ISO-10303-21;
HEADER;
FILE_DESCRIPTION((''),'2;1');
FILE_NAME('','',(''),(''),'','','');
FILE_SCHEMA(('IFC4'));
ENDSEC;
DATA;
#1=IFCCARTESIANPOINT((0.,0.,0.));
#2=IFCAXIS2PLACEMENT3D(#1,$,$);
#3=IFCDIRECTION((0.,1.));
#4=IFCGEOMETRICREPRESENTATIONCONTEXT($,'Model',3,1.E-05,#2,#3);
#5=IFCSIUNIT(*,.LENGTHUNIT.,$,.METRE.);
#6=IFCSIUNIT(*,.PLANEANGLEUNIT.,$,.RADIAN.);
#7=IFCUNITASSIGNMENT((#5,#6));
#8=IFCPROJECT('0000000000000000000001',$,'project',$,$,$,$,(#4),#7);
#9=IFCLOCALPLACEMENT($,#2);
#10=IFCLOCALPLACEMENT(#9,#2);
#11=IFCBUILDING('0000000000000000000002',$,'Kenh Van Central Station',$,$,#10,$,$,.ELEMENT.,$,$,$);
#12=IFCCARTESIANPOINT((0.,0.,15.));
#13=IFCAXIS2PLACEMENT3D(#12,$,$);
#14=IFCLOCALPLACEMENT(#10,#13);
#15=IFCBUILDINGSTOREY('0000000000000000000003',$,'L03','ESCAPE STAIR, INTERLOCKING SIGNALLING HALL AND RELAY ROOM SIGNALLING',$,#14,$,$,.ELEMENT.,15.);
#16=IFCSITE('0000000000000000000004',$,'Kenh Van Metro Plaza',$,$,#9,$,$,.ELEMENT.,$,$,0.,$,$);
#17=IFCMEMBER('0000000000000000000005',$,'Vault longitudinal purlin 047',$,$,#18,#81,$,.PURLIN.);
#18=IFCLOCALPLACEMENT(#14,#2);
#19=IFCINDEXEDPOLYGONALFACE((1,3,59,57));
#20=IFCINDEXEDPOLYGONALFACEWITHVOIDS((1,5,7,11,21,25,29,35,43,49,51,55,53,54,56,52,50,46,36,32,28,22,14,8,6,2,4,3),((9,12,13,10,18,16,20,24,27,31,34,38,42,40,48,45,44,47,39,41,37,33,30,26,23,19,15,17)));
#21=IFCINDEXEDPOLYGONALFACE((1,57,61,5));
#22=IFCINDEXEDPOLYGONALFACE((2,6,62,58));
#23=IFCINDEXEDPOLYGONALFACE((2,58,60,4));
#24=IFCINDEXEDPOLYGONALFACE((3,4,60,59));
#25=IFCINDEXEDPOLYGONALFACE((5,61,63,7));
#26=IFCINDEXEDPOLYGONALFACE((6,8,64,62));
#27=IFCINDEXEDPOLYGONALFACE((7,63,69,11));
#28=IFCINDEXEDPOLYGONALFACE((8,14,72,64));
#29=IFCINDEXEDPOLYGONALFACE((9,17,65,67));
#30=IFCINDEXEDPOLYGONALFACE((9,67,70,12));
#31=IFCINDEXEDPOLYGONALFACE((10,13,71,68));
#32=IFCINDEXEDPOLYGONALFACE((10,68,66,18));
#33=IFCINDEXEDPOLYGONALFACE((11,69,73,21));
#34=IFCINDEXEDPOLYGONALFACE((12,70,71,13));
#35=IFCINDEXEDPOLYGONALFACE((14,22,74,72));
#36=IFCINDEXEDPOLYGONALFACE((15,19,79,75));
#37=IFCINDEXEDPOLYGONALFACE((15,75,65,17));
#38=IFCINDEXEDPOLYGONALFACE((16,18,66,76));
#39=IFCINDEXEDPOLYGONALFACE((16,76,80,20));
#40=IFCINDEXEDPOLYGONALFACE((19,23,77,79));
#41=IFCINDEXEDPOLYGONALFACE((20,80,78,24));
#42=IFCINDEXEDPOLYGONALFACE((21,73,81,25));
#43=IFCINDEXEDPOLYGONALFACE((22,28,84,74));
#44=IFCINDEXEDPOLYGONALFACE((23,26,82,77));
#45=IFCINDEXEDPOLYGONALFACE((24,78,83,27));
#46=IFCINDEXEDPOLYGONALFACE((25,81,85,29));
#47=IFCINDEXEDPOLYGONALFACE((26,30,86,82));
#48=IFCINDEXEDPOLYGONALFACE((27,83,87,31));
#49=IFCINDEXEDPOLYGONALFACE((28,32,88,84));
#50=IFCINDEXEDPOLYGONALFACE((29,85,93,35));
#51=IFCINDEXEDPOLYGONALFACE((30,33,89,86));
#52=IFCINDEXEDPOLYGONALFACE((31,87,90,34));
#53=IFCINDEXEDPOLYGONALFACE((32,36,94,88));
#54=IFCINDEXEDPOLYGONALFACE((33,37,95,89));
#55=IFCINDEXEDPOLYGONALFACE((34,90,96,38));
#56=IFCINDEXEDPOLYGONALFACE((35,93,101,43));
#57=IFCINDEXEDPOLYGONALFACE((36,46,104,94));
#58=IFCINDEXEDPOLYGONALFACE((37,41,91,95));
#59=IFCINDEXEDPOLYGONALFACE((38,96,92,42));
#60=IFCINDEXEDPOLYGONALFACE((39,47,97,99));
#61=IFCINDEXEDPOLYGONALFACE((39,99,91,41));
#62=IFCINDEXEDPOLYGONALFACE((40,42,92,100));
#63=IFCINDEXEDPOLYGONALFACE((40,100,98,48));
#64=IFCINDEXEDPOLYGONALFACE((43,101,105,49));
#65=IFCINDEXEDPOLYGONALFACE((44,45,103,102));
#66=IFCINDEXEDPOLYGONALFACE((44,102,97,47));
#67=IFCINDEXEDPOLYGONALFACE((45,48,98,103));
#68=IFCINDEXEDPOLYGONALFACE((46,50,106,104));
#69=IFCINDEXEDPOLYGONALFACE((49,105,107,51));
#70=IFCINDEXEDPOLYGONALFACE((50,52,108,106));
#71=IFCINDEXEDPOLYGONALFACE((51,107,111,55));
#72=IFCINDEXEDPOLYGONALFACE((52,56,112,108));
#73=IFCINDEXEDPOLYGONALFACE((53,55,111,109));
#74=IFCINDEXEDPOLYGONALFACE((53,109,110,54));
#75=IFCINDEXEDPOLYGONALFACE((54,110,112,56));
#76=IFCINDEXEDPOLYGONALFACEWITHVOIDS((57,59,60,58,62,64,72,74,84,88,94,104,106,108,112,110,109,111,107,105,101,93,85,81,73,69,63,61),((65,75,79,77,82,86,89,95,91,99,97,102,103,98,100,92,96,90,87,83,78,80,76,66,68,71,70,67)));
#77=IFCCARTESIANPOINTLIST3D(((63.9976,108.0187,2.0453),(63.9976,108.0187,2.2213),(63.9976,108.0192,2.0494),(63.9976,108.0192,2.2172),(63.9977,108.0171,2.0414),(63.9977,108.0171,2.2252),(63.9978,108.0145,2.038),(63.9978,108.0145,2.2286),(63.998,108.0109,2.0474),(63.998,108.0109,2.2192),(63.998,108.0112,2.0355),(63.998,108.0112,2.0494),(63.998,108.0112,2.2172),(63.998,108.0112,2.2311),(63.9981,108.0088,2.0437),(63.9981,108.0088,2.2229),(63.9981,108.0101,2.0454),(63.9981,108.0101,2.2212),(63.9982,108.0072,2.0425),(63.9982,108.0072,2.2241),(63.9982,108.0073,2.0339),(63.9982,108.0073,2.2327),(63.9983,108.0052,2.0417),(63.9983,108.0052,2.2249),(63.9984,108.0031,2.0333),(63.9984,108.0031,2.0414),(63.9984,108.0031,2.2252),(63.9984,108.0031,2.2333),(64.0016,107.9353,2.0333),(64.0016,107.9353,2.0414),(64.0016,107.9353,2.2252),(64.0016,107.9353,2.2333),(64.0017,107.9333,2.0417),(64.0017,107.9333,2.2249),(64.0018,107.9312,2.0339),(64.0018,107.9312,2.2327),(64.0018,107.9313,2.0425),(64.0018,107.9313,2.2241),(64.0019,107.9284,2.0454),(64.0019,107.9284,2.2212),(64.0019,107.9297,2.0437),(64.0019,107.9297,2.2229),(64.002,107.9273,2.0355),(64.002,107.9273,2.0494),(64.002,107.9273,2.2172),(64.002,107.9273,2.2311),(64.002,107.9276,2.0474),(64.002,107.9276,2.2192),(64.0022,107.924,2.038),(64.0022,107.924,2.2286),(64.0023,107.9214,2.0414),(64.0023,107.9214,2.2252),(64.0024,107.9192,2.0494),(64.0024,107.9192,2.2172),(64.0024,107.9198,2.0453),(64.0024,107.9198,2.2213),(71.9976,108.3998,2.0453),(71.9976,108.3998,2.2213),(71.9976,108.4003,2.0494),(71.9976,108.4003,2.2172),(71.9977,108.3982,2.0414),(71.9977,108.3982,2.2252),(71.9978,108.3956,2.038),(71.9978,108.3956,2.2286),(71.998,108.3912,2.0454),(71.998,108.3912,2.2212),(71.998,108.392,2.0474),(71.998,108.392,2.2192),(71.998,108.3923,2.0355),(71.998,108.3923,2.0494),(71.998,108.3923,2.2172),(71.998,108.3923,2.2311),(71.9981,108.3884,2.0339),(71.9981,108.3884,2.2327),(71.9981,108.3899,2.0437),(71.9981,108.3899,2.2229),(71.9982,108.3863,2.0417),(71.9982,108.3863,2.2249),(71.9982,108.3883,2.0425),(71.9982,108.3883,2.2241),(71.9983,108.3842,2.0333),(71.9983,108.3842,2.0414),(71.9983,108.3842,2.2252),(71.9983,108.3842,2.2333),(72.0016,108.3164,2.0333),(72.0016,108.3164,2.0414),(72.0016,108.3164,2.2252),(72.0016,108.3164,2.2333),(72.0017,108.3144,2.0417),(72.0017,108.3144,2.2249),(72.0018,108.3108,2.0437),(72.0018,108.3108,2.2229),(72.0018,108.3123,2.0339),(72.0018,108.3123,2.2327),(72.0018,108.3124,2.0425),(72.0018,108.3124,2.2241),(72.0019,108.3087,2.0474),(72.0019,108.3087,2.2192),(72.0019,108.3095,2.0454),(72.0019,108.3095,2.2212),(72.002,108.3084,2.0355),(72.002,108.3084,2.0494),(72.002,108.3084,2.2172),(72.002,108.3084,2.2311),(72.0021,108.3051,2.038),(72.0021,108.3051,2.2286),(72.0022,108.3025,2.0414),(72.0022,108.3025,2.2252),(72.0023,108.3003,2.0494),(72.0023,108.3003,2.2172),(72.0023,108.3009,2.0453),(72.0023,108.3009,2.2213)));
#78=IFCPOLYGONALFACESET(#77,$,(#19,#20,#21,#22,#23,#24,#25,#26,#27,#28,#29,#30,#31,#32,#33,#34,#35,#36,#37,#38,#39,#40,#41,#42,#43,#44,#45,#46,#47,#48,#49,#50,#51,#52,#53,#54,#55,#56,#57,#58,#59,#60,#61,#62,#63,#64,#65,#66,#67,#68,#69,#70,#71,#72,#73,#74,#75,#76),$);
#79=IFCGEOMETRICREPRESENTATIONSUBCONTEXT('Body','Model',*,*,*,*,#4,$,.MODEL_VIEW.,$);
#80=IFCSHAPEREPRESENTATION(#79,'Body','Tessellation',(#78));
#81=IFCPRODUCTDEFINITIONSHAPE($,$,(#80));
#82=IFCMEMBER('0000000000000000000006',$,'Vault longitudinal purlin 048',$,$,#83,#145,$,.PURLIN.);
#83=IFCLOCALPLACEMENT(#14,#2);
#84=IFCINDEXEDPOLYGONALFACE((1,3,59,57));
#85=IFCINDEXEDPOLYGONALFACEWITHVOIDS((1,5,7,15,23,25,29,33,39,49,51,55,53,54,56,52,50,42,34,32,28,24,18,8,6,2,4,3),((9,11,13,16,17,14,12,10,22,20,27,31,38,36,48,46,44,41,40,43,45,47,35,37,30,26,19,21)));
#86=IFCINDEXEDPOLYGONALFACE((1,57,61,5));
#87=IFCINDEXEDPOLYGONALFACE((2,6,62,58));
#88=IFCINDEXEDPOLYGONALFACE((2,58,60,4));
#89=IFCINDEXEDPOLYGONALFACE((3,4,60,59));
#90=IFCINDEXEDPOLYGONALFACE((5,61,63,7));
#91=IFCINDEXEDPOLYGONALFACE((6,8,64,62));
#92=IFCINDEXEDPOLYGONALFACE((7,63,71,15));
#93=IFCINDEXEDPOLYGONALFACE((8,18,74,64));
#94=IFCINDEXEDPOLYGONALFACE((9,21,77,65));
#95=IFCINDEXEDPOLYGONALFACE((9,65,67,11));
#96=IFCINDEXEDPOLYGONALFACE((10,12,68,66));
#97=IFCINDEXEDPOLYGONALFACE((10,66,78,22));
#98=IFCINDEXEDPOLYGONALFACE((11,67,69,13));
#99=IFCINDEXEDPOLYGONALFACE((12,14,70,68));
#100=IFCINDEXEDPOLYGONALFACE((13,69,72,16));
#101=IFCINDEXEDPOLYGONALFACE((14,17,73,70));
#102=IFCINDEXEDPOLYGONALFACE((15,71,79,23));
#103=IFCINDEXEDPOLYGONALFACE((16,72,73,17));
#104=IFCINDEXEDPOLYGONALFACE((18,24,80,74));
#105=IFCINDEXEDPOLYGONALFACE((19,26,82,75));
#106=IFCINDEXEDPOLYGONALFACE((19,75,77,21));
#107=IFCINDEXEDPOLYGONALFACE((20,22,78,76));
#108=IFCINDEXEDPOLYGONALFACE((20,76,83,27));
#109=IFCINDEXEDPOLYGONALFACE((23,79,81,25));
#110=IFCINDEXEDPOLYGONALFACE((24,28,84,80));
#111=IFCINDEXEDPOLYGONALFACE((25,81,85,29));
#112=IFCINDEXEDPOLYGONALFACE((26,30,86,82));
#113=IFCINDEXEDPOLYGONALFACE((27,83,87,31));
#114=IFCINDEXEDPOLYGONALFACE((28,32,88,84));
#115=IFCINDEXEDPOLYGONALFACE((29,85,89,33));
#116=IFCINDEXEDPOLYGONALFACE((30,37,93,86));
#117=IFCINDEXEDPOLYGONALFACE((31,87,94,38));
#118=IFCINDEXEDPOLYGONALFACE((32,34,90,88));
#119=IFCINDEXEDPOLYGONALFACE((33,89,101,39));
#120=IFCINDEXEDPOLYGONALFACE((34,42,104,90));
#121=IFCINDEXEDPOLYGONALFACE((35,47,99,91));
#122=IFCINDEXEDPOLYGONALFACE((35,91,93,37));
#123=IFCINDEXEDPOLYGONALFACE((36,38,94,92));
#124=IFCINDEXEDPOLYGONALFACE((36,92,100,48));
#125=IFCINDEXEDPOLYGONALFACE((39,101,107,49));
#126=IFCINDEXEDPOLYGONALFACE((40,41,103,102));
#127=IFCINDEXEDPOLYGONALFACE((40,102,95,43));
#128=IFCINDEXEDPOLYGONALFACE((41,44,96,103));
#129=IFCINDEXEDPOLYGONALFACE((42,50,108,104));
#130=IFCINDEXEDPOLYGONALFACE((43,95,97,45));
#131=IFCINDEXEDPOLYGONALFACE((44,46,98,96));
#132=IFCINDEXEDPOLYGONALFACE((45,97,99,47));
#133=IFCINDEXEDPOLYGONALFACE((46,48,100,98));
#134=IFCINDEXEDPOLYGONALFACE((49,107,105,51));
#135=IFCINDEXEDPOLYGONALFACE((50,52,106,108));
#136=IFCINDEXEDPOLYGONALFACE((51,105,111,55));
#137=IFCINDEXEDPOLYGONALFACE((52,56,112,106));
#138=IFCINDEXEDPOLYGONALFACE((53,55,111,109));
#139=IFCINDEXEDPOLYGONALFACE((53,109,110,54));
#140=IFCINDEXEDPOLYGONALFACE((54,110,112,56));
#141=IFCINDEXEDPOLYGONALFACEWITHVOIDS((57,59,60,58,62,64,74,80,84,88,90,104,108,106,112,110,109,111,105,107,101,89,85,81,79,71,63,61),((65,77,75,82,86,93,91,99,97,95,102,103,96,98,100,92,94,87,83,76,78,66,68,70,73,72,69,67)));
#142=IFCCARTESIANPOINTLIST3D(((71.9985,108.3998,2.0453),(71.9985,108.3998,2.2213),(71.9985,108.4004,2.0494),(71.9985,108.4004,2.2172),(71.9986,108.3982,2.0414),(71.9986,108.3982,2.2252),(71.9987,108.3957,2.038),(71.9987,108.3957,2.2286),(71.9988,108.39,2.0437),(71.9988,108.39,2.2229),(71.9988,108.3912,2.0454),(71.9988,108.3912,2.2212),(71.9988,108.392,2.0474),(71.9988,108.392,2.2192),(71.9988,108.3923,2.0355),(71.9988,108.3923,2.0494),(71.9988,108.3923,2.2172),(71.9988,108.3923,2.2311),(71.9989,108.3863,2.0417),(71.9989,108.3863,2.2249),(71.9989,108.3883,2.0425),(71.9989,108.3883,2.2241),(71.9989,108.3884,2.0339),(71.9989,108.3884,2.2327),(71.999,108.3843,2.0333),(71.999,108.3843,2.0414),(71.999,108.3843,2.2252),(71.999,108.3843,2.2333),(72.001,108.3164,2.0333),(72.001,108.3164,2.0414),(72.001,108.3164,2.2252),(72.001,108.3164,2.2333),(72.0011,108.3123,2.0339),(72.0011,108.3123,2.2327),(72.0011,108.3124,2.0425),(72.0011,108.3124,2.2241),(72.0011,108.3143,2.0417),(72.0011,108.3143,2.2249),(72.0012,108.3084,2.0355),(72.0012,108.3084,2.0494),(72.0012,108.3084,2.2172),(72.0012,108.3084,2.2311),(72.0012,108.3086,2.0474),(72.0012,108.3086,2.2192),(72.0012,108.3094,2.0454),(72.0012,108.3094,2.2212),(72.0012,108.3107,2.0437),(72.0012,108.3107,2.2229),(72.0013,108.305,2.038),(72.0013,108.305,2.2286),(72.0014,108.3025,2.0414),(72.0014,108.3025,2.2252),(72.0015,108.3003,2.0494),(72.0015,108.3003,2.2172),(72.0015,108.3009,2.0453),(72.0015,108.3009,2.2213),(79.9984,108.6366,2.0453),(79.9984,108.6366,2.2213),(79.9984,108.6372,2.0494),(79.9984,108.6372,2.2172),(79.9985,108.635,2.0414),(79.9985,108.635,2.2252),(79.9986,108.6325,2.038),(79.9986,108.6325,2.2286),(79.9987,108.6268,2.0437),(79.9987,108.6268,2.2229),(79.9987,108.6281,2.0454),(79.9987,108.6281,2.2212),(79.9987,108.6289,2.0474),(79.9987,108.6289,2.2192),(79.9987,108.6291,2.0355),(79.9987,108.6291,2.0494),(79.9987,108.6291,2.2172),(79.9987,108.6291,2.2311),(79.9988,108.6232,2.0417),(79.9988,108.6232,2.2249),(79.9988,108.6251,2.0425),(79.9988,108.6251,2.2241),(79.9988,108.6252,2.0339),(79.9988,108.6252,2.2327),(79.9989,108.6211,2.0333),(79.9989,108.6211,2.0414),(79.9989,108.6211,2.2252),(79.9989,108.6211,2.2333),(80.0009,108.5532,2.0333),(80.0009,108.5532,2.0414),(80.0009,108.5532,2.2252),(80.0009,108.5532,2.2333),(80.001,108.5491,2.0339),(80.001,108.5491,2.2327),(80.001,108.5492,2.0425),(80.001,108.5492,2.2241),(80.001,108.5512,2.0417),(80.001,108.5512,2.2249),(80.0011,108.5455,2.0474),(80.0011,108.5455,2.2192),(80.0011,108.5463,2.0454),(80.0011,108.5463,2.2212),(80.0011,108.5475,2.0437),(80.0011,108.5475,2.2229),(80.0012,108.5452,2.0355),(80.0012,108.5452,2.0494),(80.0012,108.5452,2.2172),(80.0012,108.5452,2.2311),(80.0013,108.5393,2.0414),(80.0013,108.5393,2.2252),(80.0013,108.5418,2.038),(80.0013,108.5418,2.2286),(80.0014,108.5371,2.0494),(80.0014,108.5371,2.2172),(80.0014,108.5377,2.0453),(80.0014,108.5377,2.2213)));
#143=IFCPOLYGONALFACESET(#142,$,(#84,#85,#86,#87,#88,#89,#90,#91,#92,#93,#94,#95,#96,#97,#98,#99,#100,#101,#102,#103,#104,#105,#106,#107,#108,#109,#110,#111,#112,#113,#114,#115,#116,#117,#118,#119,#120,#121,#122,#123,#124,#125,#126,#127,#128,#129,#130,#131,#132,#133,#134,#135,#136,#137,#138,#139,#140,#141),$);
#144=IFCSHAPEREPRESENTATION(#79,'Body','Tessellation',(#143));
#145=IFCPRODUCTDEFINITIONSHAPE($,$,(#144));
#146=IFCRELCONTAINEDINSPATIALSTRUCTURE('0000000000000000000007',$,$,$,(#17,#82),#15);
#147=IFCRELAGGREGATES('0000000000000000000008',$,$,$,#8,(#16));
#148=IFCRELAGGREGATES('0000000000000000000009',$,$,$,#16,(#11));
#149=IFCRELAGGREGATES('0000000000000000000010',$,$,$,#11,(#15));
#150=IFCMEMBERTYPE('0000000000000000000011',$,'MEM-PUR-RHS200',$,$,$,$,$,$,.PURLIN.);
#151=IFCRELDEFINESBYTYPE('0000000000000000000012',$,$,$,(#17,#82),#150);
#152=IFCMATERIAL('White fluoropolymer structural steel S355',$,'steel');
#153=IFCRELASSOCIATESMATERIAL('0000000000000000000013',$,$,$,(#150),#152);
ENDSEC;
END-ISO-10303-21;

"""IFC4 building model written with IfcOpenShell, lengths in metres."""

from ifc_helpers import new_model, si_unit, direction, frame, origin, origin_2d, place, context, subcontext, project, spatial, hollow_rectangle, extrude, material, material_profile, profile_set, type_object, element, save


model = new_model("IFC4")

# Units and contexts
model_context = context("Model", 3, precision=1e-05, world=origin(), true_north=direction((0.0, 1.0)))
body_context = subcontext(model_context, "Body", "Model", "MODEL_VIEW")
ifc_project = project(units=[si_unit("LENGTHUNIT", "METRE"), si_unit("PLANEANGLEUNIT", "RADIAN")], contexts=[model_context])

# Site, building, storey
site_placement = place(None, origin())
site = spatial("IfcSite", under=ifc_project, at=site_placement, Name="Kenh Van Metro Plaza", CompositionType="ELEMENT", RefElevation=0.0)
building_placement = place(site_placement, origin())
building = spatial("IfcBuilding", under=site, at=building_placement, Name="Kenh Van Central Station", CompositionType="ELEMENT")
storey_placement = place(building_placement, frame((0.0, 0.0, 15.0)))
storey = spatial("IfcBuildingStorey", under=building, at=storey_placement, Name="L03", Description="ESCAPE STAIR, INTERLOCKING SIGNALLING HALL AND RELAY ROOM SIGNALLING", CompositionType="ELEMENT", Elevation=15.0)

# Shared definitions
ifc_material_1 = material(Name="White fluoropolymer structural steel S355", Category="steel")

# Members
ifc_material_profile_1 = material_profile(ifc_material_1, hollow_rectangle(XDim=0.1001, YDim=0.2, WallThickness=0.0081, InnerFilletRadius=0.0081, OuterFilletRadius=0.0161, at=origin_2d()), Name="RHS 200x100x8")
ifc_profile_set_1 = profile_set([ifc_material_profile_1], Name="White fluoropolymer structural steel S355")
member_type_1 = type_object("IfcMemberType", Name="MEM-PUR-RHS200", PredefinedType="PURLIN", material=ifc_profile_set_1)
member_1_placement = place(storey_placement, frame((64.0, 107.9692, 2.1333), z_axis=(0.998867, 0.047584, 0.0), x_axis=(-0.047584, 0.998867, 0.0)))
element("IfcMember", 1, at=member_1_placement, inside=storey, type_object=member_type_1, Name="Vault longitudinal purlin 047", PredefinedType="PURLIN", context=body_context, shape_type="SweptSolid", body=[
    extrude(hollow_rectangle(XDim=0.1001, YDim=0.2, WallThickness=0.0081, InnerFilletRadius=0.0081, OuterFilletRadius=0.0161, at=origin_2d()), origin(), (0.0, 0.0, 1.0), 8.009),
])
member_2_placement = place(storey_placement, frame((72.0, 108.3503, 2.1333), z_axis=(0.999562, 0.029589, 0.0), x_axis=(-0.029589, 0.999562, 0.0)))
element("IfcMember", 2, at=member_2_placement, inside=storey, type_object=member_type_1, Name="Vault longitudinal purlin 048", PredefinedType="PURLIN", context=body_context, shape_type="SweptSolid", body=[
    extrude(hollow_rectangle(XDim=0.1001, YDim=0.2, WallThickness=0.0081, InnerFilletRadius=0.0081, OuterFilletRadius=0.0161, at=origin_2d()), origin(), (0.0, 0.0, 1.0), 8.0034),
])

save(model, "model.ifc")
